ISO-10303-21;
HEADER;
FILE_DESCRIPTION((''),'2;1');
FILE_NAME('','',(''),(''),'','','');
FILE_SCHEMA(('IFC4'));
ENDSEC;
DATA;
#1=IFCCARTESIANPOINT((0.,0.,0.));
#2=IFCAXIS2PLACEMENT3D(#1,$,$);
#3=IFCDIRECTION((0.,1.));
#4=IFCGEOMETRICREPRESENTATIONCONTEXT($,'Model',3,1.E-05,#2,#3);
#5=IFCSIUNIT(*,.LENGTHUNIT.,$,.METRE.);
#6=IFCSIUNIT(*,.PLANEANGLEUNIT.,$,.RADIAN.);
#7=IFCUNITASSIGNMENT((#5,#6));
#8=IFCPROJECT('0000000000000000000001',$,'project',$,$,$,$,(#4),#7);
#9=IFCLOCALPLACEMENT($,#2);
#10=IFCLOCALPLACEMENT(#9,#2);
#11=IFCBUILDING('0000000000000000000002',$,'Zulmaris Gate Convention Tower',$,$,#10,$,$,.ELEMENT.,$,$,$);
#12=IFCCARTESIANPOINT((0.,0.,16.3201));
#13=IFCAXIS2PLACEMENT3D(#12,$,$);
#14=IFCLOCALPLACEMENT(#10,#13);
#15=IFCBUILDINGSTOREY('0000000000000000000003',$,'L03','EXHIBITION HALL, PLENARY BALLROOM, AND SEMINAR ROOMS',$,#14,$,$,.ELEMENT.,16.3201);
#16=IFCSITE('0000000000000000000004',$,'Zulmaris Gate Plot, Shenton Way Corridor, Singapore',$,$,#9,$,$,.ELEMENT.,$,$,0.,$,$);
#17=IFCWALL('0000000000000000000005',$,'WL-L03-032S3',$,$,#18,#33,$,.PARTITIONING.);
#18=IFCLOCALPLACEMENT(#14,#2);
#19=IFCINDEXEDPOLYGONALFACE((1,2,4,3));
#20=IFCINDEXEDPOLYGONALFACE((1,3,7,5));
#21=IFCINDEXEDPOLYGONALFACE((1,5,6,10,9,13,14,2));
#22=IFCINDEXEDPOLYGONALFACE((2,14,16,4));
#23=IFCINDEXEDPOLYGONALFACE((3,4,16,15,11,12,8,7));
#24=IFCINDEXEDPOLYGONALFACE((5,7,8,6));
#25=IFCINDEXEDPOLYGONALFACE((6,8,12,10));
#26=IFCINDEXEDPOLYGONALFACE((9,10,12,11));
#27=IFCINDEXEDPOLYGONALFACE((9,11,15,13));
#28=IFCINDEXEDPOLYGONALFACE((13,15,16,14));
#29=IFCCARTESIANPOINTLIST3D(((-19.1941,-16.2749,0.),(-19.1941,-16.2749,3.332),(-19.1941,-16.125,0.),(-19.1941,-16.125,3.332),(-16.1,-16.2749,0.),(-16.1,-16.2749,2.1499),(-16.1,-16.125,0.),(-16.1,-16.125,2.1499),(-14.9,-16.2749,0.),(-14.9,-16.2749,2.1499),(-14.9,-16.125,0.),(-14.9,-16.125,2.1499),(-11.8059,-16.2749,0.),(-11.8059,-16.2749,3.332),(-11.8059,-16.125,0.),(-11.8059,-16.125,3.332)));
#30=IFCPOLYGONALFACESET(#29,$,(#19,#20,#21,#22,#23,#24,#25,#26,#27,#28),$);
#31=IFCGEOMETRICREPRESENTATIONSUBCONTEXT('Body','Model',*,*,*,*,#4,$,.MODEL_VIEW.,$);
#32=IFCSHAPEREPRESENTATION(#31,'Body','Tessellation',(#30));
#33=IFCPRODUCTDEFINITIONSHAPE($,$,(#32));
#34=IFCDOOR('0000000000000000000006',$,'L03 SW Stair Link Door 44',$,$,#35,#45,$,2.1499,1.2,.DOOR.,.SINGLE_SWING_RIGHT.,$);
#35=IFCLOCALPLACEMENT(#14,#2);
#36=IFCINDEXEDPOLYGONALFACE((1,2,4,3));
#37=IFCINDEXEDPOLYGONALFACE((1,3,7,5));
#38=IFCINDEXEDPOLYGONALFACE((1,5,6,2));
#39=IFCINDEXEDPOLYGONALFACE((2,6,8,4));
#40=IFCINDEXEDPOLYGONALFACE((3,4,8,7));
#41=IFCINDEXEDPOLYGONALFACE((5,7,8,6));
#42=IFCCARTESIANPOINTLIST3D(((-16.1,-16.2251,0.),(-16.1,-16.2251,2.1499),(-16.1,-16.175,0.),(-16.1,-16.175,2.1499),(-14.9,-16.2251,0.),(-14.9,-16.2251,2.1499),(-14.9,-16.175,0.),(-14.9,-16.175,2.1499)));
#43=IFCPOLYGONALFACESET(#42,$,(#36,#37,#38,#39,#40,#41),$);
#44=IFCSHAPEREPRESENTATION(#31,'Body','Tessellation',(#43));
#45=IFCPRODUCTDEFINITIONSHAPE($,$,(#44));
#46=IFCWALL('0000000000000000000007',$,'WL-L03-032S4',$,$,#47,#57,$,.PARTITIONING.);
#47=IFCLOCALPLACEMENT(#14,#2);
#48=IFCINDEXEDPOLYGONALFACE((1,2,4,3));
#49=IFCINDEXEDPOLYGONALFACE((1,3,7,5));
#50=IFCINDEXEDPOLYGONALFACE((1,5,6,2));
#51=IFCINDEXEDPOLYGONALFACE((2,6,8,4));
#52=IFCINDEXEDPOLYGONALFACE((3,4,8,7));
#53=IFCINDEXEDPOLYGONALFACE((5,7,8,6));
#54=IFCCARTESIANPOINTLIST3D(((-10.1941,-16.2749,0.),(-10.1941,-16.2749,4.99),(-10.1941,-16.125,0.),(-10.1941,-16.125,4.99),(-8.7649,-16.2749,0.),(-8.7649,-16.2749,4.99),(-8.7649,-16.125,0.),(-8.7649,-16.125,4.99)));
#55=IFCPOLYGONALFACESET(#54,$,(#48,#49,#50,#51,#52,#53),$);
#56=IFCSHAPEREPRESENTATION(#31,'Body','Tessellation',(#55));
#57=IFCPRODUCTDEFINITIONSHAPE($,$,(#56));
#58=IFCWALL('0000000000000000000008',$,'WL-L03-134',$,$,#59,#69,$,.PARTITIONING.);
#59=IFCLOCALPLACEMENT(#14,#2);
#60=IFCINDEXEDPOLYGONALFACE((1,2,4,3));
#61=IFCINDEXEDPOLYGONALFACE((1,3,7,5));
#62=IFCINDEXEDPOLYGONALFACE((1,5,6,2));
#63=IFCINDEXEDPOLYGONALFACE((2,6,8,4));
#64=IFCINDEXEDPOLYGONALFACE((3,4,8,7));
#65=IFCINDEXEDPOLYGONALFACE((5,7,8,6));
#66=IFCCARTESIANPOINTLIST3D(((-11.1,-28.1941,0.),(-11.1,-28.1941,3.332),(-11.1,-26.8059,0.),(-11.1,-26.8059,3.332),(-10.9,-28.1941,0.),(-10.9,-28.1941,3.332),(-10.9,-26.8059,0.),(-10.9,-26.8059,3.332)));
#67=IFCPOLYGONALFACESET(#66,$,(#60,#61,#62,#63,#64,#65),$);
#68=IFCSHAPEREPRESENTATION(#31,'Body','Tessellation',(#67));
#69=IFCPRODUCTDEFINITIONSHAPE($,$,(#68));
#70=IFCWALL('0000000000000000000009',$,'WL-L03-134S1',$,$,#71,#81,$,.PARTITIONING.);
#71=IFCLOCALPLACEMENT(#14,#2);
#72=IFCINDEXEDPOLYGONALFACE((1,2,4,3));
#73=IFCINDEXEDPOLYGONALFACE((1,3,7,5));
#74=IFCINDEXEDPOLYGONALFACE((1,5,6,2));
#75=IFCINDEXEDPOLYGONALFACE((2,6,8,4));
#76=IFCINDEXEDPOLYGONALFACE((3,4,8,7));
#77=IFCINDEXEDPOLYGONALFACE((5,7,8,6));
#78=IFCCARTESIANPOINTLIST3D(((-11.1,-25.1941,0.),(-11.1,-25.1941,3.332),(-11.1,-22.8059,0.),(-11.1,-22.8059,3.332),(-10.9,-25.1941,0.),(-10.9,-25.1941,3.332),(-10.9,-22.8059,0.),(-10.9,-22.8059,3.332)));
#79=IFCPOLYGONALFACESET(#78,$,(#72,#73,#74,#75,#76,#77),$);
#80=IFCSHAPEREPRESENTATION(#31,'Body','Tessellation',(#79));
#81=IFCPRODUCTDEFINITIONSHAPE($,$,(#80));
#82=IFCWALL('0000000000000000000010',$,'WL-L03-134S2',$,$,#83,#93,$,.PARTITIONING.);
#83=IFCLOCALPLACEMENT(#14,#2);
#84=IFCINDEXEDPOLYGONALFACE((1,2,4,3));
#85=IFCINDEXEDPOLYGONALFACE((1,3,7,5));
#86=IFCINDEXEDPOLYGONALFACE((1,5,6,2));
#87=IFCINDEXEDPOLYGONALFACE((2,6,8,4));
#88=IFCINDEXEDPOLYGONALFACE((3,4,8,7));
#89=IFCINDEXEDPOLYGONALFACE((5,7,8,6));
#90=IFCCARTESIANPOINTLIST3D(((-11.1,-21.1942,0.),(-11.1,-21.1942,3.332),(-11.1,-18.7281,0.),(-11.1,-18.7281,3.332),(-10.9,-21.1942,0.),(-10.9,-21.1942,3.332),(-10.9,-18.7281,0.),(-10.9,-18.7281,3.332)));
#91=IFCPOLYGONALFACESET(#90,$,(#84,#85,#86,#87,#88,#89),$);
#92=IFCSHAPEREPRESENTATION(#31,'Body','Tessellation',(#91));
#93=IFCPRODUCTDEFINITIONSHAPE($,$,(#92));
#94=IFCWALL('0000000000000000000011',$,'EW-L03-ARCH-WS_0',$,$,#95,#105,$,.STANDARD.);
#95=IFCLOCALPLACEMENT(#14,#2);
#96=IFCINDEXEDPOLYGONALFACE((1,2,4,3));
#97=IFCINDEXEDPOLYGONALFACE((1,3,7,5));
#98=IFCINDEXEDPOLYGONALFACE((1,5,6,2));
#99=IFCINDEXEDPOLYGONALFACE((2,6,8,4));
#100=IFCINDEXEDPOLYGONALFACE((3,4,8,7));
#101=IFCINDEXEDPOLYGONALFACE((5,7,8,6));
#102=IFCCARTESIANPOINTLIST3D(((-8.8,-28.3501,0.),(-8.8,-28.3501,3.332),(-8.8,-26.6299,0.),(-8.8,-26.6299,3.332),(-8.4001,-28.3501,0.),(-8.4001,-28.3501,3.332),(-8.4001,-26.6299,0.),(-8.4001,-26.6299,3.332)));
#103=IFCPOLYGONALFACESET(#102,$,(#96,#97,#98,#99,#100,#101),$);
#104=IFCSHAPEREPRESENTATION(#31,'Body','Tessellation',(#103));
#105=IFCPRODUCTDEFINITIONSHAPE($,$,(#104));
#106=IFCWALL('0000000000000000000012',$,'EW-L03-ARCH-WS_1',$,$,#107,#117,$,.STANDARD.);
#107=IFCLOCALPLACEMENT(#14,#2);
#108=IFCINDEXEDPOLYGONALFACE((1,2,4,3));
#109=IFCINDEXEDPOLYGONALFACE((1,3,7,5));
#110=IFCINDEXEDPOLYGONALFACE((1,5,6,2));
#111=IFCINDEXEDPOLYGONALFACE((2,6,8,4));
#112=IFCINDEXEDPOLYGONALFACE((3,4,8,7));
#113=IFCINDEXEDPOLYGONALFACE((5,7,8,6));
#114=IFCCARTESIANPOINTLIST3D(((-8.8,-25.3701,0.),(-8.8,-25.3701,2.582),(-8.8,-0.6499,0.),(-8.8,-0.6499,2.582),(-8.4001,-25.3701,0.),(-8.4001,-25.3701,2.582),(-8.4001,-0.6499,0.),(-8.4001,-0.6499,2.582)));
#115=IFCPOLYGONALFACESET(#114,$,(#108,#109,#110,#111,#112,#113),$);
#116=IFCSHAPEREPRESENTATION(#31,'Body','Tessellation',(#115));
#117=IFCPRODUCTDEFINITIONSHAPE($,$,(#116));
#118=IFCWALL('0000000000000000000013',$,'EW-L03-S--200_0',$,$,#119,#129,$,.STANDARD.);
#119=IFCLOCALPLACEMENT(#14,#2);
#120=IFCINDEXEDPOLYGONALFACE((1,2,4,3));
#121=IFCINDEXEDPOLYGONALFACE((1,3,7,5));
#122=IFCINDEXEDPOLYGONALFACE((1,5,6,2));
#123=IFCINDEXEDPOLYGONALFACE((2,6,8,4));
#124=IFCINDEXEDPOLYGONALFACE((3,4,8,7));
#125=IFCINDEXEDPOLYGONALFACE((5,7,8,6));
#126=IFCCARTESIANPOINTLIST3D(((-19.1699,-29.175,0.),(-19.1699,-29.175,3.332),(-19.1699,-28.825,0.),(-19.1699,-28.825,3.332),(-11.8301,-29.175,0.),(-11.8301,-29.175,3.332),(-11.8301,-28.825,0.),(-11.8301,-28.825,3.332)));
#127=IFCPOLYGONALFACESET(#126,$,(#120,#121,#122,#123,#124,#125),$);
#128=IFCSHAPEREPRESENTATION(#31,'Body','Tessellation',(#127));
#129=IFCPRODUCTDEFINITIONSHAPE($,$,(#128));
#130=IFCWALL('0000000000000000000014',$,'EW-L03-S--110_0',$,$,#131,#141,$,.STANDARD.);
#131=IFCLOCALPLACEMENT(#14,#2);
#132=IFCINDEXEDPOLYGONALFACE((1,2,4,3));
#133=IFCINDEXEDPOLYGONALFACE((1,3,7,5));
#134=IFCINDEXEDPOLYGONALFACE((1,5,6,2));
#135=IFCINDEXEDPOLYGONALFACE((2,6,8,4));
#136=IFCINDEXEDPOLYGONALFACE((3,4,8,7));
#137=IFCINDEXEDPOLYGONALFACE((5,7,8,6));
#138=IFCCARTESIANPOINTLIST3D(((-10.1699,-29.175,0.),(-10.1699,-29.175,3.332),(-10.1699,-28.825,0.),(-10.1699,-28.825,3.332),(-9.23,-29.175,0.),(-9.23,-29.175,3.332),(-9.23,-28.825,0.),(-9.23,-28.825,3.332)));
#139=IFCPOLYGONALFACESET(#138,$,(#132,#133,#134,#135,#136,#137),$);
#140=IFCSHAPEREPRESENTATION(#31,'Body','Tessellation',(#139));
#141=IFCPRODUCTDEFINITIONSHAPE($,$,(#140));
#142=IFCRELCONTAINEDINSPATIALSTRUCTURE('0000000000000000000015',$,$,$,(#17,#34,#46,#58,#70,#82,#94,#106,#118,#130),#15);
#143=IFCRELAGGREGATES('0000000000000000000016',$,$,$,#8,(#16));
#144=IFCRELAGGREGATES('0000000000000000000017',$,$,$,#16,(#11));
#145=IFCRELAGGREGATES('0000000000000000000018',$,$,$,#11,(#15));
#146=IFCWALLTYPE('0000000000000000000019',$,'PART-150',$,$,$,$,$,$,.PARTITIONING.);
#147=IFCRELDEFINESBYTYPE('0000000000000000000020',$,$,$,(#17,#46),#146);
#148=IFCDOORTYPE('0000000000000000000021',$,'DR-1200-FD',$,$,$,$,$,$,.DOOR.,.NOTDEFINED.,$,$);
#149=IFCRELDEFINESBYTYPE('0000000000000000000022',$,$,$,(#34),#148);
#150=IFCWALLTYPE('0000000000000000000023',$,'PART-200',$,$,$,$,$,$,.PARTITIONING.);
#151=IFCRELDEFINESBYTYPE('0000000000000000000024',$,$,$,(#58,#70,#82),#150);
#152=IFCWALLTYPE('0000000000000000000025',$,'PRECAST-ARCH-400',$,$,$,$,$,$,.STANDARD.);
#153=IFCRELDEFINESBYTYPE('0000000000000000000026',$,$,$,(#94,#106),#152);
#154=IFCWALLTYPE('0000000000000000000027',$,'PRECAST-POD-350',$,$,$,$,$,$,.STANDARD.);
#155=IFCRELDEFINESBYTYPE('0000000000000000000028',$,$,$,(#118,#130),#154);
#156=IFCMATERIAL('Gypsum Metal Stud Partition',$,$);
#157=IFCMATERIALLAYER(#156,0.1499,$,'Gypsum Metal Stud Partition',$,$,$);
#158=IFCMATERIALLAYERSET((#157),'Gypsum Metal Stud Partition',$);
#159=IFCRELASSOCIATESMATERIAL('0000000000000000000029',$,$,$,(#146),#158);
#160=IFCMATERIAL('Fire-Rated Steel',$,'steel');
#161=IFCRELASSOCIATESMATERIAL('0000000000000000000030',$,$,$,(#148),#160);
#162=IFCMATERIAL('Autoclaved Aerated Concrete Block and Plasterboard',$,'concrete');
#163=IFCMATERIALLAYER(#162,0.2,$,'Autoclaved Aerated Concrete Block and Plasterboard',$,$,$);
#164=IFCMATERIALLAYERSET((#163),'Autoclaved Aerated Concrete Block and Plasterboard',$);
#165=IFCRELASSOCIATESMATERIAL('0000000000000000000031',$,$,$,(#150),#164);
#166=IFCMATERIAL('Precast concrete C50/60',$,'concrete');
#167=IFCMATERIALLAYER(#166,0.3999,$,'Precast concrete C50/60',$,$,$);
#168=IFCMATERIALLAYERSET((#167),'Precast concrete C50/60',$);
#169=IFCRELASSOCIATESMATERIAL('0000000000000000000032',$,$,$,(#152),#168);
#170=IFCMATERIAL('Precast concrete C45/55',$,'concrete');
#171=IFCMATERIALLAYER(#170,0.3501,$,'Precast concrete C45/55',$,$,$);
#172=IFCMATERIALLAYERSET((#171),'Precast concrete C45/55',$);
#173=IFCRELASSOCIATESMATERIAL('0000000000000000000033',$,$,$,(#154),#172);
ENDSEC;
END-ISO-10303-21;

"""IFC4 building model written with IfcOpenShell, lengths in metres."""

from ifc_helpers import new_model, si_unit, direction, frame, frame_2d, origin, place, context, subcontext, project, spatial, rectangle, extrude, material, layer, layer_set, type_object, element, fill, save


model = new_model("IFC4")

# Units and contexts
model_context = context("Model", 3, precision=1e-05, world=origin(), true_north=direction((0.0, 1.0)))
body_context = subcontext(model_context, "Body", "Model", "MODEL_VIEW")
ifc_project = project(units=[si_unit("LENGTHUNIT", "METRE"), si_unit("PLANEANGLEUNIT", "RADIAN")], contexts=[model_context])

# Site, building, storey
site_placement = place(None, origin())
site = spatial("IfcSite", under=ifc_project, at=site_placement, Name="Zulmaris Gate Plot, Shenton Way Corridor, Singapore", CompositionType="ELEMENT", RefElevation=0.0)
building_placement = place(site_placement, origin())
building = spatial("IfcBuilding", under=site, at=building_placement, Name="Zulmaris Gate Convention Tower", CompositionType="ELEMENT")
storey_placement = place(building_placement, frame((0.0, 0.0, 16.3201)))
storey = spatial("IfcBuildingStorey", under=building, at=storey_placement, Name="L03", Description="EXHIBITION HALL, PLENARY BALLROOM, AND SEMINAR ROOMS", CompositionType="ELEMENT", Elevation=16.3201)

# Wall, opening, door
ifc_material_1 = material(Name="Gypsum Metal Stud Partition")
ifc_layer_1 = layer(ifc_material_1, 0.1499, Name="Gypsum Metal Stud Partition")
ifc_layer_set_1 = layer_set([ifc_layer_1], Name="Gypsum Metal Stud Partition")
wall_type_1 = type_object("IfcWallType", Name="PART-150", PredefinedType="PARTITIONING", material=ifc_layer_set_1)
wall_1_placement = place(storey_placement, frame((-19.1941, -16.2, 0.0), z_axis=(0.0, 0.0, 1.0), x_axis=(1.0, 0.0, 0.0)))
wall_1 = element("IfcWall", 1, at=wall_1_placement, inside=storey, type_object=wall_type_1, Name="WL-L03-032S3", PredefinedType="PARTITIONING", context=body_context, shape_type="SweptSolid", body=[
    extrude(rectangle(XDim=7.3882, YDim=0.1499, at=frame_2d((3.6941, 0.0))), origin(), (0.0, 0.0, 1.0), 3.332),
])
opening_placement = place(wall_1_placement, frame((3.094, 0.0, 0.0)))
opening = element("IfcOpeningElement", 2, at=opening_placement, cuts=wall_1, PredefinedType="OPENING", context=body_context, shape_type="SweptSolid", body=[
    extrude(rectangle(XDim=1.2, YDim=2.1499, at=frame_2d((0.6001, 1.075))), frame((0.0, 0.085, 0.0), z_axis=(0.0, -1.0, 0.0), x_axis=(1.0, 0.0, 0.0)), (0.0, 0.0, 1.0), 0.1699),
])
ifc_material_2 = material(Name="Fire-Rated Steel", Category="steel")
door_type = type_object("IfcDoorType", Name="DR-1200-FD", OperationType="NOTDEFINED", PredefinedType="DOOR", material=ifc_material_2)
door_placement = place(opening_placement, origin())
door = element("IfcDoor", 3, at=door_placement, inside=storey, type_object=door_type, Name="L03 SW Stair Link Door 44", OperationType="SINGLE_SWING_RIGHT", OverallHeight=2.1499, OverallWidth=1.2, PredefinedType="DOOR", context=body_context, shape_type="SweptSolid", body=[
    extrude(rectangle(XDim=1.2, YDim=2.1499, at=frame_2d((0.6001, 1.075))), frame((0.0, 0.0249, 0.0), z_axis=(0.0, -1.0, 0.0), x_axis=(1.0, 0.0, 0.0)), (0.0, 0.0, 1.0), 0.05),
])
fill(opening, door)

# Walls
wall_2_placement = place(storey_placement, frame((-10.1941, -16.2, 0.0), z_axis=(0.0, 0.0, 1.0), x_axis=(1.0, 0.0, 0.0)))
element("IfcWall", 4, at=wall_2_placement, inside=storey, type_object=wall_type_1, Name="WL-L03-032S4", PredefinedType="PARTITIONING", context=body_context, shape_type="SweptSolid", body=[
    extrude(rectangle(XDim=1.4292, YDim=0.1499, at=frame_2d((0.7146, 0.0))), origin(), (0.0, 0.0, 1.0), 4.99),
])
ifc_material_3 = material(Name="Autoclaved Aerated Concrete Block and Plasterboard", Category="concrete")
ifc_layer_2 = layer(ifc_material_3, 0.2, Name="Autoclaved Aerated Concrete Block and Plasterboard")
ifc_layer_set_2 = layer_set([ifc_layer_2], Name="Autoclaved Aerated Concrete Block and Plasterboard")
wall_type_2 = type_object("IfcWallType", Name="PART-200", PredefinedType="PARTITIONING", material=ifc_layer_set_2)
wall_3_placement = place(storey_placement, frame((-11.0, -28.1941, 0.0), z_axis=(0.0, 0.0, 1.0), x_axis=(0.0, 1.0, 0.0)))
element("IfcWall", 5, at=wall_3_placement, inside=storey, type_object=wall_type_2, Name="WL-L03-134", PredefinedType="PARTITIONING", context=body_context, shape_type="SweptSolid", body=[
    extrude(rectangle(XDim=1.3882, YDim=0.2, at=frame_2d((0.6941, 0.0))), origin(), (0.0, 0.0, 1.0), 3.332),
])
wall_4_placement = place(storey_placement, frame((-11.0, -25.1941, 0.0), z_axis=(0.0, 0.0, 1.0), x_axis=(0.0, 1.0, 0.0)))
element("IfcWall", 6, at=wall_4_placement, inside=storey, type_object=wall_type_2, Name="WL-L03-134S1", PredefinedType="PARTITIONING", context=body_context, shape_type="SweptSolid", body=[
    extrude(rectangle(XDim=2.3882, YDim=0.2, at=frame_2d((1.1941, 0.0))), origin(), (0.0, 0.0, 1.0), 3.332),
])
wall_5_placement = place(storey_placement, frame((-11.0, -21.1941, 0.0), z_axis=(0.0, 0.0, 1.0), x_axis=(0.0, 1.0, 0.0)))
element("IfcWall", 7, at=wall_5_placement, inside=storey, type_object=wall_type_2, Name="WL-L03-134S2", PredefinedType="PARTITIONING", context=body_context, shape_type="SweptSolid", body=[
    extrude(rectangle(XDim=2.4661, YDim=0.2, at=frame_2d((1.2329, 0.0))), origin(), (0.0, 0.0, 1.0), 3.332),
])
ifc_material_4 = material(Name="Precast concrete C50/60", Category="concrete")
ifc_layer_3 = layer(ifc_material_4, 0.3999, Name="Precast concrete C50/60")
ifc_layer_set_3 = layer_set([ifc_layer_3], Name="Precast concrete C50/60")
wall_type_3 = type_object("IfcWallType", Name="PRECAST-ARCH-400", PredefinedType="STANDARD", material=ifc_layer_set_3)
wall_6_placement = place(storey_placement, frame((-8.6001, -28.3501, 0.0), z_axis=(0.0, 0.0, 1.0), x_axis=(0.0, 1.0, 0.0)))
element("IfcWall", 8, at=wall_6_placement, inside=storey, type_object=wall_type_3, Name="EW-L03-ARCH-WS_0", PredefinedType="STANDARD", context=body_context, shape_type="SweptSolid", body=[
    extrude(rectangle(XDim=1.7202, YDim=0.3999, at=frame_2d((0.8601, 0.0))), origin(), (0.0, 0.0, 1.0), 3.332),
])
wall_7_placement = place(storey_placement, frame((-8.6001, -25.3701, 0.0), z_axis=(0.0, 0.0, 1.0), x_axis=(0.0, 1.0, 0.0)))
element("IfcWall", 9, at=wall_7_placement, inside=storey, type_object=wall_type_3, Name="EW-L03-ARCH-WS_1", PredefinedType="STANDARD", context=body_context, shape_type="SweptSolid", body=[
    extrude(rectangle(XDim=24.7202, YDim=0.3999, at=frame_2d((12.3601, 0.0))), origin(), (0.0, 0.0, 1.0), 2.582),
])
ifc_material_5 = material(Name="Precast concrete C45/55", Category="concrete")
ifc_layer_4 = layer(ifc_material_5, 0.3501, Name="Precast concrete C45/55")
ifc_layer_set_4 = layer_set([ifc_layer_4], Name="Precast concrete C45/55")
wall_type_4 = type_object("IfcWallType", Name="PRECAST-POD-350", PredefinedType="STANDARD", material=ifc_layer_set_4)
wall_8_placement = place(storey_placement, frame((-19.1699, -29.0, 0.0), z_axis=(0.0, 0.0, 1.0), x_axis=(1.0, 0.0, 0.0)))
element("IfcWall", 10, at=wall_8_placement, inside=storey, type_object=wall_type_4, Name="EW-L03-S--200_0", PredefinedType="STANDARD", context=body_context, shape_type="SweptSolid", body=[
    extrude(rectangle(XDim=7.3398, YDim=0.3501, at=frame_2d((3.6699, 0.0))), origin(), (0.0, 0.0, 1.0), 3.332),
])
wall_9_placement = place(storey_placement, frame((-10.1699, -29.0, 0.0), z_axis=(0.0, 0.0, 1.0), x_axis=(1.0, 0.0, 0.0)))
element("IfcWall", 11, at=wall_9_placement, inside=storey, type_object=wall_type_4, Name="EW-L03-S--110_0", PredefinedType="STANDARD", context=body_context, shape_type="SweptSolid", body=[
    extrude(rectangle(XDim=0.9399, YDim=0.3501, at=frame_2d((0.47, 0.0))), origin(), (0.0, 0.0, 1.0), 3.332),
])

save(model, "model.ifc")
